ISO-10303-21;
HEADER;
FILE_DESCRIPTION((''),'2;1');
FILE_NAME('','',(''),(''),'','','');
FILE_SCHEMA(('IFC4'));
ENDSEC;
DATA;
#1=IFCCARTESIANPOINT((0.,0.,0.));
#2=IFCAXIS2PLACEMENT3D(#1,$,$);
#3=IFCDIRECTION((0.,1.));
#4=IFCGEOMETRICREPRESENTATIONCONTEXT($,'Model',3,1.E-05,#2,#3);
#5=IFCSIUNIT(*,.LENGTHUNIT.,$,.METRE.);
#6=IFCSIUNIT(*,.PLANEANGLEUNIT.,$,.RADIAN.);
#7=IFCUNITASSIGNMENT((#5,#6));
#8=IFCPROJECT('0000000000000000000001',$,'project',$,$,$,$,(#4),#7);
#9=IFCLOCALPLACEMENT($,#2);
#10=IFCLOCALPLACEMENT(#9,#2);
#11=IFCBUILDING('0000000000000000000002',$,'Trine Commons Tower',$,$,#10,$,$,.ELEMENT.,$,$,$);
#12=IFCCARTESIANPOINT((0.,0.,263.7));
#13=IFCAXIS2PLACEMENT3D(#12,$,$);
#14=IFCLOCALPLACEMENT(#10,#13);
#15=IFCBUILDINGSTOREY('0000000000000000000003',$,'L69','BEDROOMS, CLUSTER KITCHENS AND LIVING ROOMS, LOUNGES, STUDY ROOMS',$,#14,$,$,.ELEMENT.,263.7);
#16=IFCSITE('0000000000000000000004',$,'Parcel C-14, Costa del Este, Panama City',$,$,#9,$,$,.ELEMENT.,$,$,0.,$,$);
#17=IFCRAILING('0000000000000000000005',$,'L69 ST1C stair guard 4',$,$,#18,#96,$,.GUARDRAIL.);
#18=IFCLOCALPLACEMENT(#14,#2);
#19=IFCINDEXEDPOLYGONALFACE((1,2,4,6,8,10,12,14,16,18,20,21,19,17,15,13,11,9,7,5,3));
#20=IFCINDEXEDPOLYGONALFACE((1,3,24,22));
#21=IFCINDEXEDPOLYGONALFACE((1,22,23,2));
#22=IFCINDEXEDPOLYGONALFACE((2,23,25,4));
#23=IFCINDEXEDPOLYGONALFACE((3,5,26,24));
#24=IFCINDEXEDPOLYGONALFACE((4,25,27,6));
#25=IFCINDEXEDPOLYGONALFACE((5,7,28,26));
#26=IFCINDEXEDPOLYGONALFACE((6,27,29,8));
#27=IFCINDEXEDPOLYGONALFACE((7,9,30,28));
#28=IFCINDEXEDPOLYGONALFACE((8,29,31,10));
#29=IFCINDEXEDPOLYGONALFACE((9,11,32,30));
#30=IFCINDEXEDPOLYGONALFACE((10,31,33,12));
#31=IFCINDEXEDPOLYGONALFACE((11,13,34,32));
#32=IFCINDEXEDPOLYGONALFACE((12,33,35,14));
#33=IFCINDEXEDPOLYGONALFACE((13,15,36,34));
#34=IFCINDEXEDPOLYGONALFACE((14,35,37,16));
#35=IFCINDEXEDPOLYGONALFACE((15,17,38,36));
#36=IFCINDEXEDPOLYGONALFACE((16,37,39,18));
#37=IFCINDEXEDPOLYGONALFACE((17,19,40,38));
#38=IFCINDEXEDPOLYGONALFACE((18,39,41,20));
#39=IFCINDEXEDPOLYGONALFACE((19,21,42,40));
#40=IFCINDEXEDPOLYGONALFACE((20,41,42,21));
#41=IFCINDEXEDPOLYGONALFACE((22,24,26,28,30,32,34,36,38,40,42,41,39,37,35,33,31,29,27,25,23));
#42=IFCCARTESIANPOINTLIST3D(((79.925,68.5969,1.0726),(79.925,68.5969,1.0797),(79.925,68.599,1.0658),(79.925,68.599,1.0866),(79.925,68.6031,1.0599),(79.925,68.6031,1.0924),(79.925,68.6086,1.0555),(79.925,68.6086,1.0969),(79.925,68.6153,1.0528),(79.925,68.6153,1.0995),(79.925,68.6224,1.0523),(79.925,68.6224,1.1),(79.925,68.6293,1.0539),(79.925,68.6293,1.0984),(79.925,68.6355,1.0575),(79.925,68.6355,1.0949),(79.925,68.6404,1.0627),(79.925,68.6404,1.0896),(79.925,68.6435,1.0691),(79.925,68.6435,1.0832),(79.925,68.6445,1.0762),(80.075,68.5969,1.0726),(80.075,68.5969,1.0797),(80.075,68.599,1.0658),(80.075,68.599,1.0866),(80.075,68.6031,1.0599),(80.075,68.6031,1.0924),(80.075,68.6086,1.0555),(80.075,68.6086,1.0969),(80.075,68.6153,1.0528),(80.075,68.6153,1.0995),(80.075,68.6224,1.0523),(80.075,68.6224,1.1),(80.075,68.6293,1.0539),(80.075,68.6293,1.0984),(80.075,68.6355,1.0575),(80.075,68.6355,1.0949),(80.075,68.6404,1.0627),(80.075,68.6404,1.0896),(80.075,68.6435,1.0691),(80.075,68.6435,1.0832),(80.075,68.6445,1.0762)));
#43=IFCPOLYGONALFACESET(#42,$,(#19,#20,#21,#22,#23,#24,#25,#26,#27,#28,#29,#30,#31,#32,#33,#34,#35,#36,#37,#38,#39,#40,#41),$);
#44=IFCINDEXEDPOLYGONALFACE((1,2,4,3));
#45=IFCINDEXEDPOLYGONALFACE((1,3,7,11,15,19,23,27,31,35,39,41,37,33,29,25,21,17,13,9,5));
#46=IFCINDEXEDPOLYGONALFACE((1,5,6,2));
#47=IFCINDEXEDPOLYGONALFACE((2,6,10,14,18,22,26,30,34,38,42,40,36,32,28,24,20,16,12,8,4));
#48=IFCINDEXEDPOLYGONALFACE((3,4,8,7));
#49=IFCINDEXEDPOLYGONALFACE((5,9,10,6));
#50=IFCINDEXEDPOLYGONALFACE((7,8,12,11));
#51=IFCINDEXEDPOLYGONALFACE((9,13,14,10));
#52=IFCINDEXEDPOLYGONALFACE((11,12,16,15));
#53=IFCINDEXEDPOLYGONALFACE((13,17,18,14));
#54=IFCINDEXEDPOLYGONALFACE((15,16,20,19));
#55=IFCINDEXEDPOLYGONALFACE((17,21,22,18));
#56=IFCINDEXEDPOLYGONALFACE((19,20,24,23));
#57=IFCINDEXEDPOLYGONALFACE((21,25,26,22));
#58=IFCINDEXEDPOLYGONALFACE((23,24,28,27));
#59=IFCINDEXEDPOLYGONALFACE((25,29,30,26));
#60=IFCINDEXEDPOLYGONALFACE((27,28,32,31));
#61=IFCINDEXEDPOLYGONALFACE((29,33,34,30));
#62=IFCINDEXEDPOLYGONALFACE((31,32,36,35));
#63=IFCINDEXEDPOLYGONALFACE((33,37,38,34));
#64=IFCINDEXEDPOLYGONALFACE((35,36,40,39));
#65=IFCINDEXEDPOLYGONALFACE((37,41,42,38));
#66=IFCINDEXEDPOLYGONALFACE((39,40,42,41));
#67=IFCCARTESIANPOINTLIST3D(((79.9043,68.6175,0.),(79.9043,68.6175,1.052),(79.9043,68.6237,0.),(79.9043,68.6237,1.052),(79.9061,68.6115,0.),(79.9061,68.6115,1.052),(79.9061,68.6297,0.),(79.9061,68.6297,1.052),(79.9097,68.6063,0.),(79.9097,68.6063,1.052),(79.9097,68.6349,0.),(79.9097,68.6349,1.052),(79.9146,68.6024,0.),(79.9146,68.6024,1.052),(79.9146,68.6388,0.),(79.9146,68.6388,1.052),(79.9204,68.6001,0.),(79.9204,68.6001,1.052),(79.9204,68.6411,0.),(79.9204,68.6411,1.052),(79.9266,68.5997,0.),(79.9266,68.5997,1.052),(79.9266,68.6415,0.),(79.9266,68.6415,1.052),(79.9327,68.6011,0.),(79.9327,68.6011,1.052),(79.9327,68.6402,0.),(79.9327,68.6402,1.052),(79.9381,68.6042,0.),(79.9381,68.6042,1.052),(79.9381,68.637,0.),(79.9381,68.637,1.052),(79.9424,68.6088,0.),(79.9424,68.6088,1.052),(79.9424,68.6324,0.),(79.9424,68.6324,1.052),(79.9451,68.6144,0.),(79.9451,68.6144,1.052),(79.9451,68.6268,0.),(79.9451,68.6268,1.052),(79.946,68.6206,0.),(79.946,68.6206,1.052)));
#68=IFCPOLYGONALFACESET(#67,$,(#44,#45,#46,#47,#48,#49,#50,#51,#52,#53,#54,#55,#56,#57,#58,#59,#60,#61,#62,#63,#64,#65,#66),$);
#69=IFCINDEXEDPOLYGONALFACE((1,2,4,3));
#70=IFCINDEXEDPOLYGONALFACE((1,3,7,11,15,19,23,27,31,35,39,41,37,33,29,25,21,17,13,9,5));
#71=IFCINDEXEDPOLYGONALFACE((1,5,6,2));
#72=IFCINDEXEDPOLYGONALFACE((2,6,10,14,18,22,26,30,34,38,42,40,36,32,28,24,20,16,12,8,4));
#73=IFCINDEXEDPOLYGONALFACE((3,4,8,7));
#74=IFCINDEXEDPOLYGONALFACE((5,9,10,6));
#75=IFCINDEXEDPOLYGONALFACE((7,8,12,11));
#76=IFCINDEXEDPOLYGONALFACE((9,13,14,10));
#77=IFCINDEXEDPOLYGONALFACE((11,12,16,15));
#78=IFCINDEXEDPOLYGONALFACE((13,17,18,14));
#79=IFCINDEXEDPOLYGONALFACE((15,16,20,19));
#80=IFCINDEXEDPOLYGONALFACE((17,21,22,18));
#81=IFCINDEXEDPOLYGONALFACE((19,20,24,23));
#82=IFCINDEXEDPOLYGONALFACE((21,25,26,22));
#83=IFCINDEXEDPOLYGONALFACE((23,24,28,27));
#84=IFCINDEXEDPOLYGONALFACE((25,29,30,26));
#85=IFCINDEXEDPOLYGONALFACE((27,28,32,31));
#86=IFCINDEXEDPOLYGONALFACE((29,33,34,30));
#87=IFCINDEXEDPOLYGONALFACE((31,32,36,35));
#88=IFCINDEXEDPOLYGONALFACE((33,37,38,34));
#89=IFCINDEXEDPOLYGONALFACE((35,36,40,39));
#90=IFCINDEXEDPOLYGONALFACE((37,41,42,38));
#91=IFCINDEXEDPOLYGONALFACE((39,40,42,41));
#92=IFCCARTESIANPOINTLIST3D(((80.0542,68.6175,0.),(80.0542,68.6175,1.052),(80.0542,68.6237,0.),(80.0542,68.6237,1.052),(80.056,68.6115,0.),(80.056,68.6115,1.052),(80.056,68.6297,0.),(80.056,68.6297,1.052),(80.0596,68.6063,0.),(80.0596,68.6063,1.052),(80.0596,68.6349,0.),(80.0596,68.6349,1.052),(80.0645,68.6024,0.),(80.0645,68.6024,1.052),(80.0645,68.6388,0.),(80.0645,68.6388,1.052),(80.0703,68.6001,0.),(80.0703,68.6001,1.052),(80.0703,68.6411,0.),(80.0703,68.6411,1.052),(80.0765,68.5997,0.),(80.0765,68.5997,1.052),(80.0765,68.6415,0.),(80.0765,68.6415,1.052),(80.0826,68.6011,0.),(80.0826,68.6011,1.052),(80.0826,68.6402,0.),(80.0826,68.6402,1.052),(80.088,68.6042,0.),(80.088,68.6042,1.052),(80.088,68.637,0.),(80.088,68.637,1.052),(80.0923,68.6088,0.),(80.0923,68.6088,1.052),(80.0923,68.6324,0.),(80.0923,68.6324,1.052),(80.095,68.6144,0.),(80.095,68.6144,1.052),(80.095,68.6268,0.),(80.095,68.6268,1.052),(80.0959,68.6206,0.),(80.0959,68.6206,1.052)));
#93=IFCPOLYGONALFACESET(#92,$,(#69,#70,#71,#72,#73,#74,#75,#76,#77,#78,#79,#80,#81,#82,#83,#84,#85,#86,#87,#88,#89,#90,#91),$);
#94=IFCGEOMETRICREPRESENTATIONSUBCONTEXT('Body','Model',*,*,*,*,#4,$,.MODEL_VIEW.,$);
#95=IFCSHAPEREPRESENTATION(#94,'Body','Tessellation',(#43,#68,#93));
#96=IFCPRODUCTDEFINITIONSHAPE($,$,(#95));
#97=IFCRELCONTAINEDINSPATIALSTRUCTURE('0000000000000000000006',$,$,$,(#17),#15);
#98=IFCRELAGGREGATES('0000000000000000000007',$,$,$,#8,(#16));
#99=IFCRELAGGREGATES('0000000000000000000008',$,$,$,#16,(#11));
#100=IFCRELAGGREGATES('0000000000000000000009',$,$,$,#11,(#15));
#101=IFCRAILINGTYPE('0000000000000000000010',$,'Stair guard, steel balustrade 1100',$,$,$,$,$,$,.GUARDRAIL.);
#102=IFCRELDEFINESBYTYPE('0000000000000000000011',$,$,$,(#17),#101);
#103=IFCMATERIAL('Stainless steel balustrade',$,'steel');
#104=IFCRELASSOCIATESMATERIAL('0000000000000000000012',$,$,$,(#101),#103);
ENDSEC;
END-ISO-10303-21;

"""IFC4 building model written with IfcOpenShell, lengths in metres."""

from ifc_helpers import new_model, si_unit, direction, frame, origin, origin_2d, place, context, subcontext, project, spatial, circle, extrude, material, type_object, element, save


model = new_model("IFC4")

# Units and contexts
model_context = context("Model", 3, precision=1e-05, world=origin(), true_north=direction((0.0, 1.0)))
body_context = subcontext(model_context, "Body", "Model", "MODEL_VIEW")
ifc_project = project(units=[si_unit("LENGTHUNIT", "METRE"), si_unit("PLANEANGLEUNIT", "RADIAN")], contexts=[model_context])

# Site, building, storey
site_placement = place(None, origin())
site = spatial("IfcSite", under=ifc_project, at=site_placement, Name="Parcel C-14, Costa del Este, Panama City", CompositionType="ELEMENT", RefElevation=0.0)
building_placement = place(site_placement, origin())
building = spatial("IfcBuilding", under=site, at=building_placement, Name="Trine Commons Tower", CompositionType="ELEMENT")
storey_placement = place(building_placement, frame((0.0, 0.0, 263.7)))
storey = spatial("IfcBuildingStorey", under=building, at=storey_placement, Name="L69", Description="BEDROOMS, CLUSTER KITCHENS AND LIVING ROOMS, LOUNGES, STUDY ROOMS", CompositionType="ELEMENT", Elevation=263.7)

# Railing
ifc_material_1 = material(Name="Stainless steel balustrade", Category="steel")
railing_type_1 = type_object("IfcRailingType", Name="Stair guard, steel balustrade 1100", PredefinedType="GUARDRAIL", material=ifc_material_1)
railing_1_placement = place(storey_placement, frame((79.925, 68.6206, 0.0)))
element("IfcRailing", 1, at=railing_1_placement, inside=storey, type_object=railing_type_1, Name="L69 ST1C stair guard 4", PredefinedType="GUARDRAIL", context=body_context, shape_type="SweptSolid", body=[
    extrude(circle(Radius=0.0239, at=origin_2d()), frame((0.0, 0.0, 1.0762), z_axis=(1.0, 0.0, 0.0), x_axis=(0.0, 1.0, 0.0)), (0.0, 0.0, 1.0), 0.1499),
    extrude(circle(Radius=0.021, at=origin_2d()), origin(), (0.0, 0.0, 1.0), 1.052),
    extrude(circle(Radius=0.021, at=origin_2d()), frame((0.1499, 0.0, 0.0)), (0.0, 0.0, 1.0), 1.052),
])

save(model, "model.ifc")
